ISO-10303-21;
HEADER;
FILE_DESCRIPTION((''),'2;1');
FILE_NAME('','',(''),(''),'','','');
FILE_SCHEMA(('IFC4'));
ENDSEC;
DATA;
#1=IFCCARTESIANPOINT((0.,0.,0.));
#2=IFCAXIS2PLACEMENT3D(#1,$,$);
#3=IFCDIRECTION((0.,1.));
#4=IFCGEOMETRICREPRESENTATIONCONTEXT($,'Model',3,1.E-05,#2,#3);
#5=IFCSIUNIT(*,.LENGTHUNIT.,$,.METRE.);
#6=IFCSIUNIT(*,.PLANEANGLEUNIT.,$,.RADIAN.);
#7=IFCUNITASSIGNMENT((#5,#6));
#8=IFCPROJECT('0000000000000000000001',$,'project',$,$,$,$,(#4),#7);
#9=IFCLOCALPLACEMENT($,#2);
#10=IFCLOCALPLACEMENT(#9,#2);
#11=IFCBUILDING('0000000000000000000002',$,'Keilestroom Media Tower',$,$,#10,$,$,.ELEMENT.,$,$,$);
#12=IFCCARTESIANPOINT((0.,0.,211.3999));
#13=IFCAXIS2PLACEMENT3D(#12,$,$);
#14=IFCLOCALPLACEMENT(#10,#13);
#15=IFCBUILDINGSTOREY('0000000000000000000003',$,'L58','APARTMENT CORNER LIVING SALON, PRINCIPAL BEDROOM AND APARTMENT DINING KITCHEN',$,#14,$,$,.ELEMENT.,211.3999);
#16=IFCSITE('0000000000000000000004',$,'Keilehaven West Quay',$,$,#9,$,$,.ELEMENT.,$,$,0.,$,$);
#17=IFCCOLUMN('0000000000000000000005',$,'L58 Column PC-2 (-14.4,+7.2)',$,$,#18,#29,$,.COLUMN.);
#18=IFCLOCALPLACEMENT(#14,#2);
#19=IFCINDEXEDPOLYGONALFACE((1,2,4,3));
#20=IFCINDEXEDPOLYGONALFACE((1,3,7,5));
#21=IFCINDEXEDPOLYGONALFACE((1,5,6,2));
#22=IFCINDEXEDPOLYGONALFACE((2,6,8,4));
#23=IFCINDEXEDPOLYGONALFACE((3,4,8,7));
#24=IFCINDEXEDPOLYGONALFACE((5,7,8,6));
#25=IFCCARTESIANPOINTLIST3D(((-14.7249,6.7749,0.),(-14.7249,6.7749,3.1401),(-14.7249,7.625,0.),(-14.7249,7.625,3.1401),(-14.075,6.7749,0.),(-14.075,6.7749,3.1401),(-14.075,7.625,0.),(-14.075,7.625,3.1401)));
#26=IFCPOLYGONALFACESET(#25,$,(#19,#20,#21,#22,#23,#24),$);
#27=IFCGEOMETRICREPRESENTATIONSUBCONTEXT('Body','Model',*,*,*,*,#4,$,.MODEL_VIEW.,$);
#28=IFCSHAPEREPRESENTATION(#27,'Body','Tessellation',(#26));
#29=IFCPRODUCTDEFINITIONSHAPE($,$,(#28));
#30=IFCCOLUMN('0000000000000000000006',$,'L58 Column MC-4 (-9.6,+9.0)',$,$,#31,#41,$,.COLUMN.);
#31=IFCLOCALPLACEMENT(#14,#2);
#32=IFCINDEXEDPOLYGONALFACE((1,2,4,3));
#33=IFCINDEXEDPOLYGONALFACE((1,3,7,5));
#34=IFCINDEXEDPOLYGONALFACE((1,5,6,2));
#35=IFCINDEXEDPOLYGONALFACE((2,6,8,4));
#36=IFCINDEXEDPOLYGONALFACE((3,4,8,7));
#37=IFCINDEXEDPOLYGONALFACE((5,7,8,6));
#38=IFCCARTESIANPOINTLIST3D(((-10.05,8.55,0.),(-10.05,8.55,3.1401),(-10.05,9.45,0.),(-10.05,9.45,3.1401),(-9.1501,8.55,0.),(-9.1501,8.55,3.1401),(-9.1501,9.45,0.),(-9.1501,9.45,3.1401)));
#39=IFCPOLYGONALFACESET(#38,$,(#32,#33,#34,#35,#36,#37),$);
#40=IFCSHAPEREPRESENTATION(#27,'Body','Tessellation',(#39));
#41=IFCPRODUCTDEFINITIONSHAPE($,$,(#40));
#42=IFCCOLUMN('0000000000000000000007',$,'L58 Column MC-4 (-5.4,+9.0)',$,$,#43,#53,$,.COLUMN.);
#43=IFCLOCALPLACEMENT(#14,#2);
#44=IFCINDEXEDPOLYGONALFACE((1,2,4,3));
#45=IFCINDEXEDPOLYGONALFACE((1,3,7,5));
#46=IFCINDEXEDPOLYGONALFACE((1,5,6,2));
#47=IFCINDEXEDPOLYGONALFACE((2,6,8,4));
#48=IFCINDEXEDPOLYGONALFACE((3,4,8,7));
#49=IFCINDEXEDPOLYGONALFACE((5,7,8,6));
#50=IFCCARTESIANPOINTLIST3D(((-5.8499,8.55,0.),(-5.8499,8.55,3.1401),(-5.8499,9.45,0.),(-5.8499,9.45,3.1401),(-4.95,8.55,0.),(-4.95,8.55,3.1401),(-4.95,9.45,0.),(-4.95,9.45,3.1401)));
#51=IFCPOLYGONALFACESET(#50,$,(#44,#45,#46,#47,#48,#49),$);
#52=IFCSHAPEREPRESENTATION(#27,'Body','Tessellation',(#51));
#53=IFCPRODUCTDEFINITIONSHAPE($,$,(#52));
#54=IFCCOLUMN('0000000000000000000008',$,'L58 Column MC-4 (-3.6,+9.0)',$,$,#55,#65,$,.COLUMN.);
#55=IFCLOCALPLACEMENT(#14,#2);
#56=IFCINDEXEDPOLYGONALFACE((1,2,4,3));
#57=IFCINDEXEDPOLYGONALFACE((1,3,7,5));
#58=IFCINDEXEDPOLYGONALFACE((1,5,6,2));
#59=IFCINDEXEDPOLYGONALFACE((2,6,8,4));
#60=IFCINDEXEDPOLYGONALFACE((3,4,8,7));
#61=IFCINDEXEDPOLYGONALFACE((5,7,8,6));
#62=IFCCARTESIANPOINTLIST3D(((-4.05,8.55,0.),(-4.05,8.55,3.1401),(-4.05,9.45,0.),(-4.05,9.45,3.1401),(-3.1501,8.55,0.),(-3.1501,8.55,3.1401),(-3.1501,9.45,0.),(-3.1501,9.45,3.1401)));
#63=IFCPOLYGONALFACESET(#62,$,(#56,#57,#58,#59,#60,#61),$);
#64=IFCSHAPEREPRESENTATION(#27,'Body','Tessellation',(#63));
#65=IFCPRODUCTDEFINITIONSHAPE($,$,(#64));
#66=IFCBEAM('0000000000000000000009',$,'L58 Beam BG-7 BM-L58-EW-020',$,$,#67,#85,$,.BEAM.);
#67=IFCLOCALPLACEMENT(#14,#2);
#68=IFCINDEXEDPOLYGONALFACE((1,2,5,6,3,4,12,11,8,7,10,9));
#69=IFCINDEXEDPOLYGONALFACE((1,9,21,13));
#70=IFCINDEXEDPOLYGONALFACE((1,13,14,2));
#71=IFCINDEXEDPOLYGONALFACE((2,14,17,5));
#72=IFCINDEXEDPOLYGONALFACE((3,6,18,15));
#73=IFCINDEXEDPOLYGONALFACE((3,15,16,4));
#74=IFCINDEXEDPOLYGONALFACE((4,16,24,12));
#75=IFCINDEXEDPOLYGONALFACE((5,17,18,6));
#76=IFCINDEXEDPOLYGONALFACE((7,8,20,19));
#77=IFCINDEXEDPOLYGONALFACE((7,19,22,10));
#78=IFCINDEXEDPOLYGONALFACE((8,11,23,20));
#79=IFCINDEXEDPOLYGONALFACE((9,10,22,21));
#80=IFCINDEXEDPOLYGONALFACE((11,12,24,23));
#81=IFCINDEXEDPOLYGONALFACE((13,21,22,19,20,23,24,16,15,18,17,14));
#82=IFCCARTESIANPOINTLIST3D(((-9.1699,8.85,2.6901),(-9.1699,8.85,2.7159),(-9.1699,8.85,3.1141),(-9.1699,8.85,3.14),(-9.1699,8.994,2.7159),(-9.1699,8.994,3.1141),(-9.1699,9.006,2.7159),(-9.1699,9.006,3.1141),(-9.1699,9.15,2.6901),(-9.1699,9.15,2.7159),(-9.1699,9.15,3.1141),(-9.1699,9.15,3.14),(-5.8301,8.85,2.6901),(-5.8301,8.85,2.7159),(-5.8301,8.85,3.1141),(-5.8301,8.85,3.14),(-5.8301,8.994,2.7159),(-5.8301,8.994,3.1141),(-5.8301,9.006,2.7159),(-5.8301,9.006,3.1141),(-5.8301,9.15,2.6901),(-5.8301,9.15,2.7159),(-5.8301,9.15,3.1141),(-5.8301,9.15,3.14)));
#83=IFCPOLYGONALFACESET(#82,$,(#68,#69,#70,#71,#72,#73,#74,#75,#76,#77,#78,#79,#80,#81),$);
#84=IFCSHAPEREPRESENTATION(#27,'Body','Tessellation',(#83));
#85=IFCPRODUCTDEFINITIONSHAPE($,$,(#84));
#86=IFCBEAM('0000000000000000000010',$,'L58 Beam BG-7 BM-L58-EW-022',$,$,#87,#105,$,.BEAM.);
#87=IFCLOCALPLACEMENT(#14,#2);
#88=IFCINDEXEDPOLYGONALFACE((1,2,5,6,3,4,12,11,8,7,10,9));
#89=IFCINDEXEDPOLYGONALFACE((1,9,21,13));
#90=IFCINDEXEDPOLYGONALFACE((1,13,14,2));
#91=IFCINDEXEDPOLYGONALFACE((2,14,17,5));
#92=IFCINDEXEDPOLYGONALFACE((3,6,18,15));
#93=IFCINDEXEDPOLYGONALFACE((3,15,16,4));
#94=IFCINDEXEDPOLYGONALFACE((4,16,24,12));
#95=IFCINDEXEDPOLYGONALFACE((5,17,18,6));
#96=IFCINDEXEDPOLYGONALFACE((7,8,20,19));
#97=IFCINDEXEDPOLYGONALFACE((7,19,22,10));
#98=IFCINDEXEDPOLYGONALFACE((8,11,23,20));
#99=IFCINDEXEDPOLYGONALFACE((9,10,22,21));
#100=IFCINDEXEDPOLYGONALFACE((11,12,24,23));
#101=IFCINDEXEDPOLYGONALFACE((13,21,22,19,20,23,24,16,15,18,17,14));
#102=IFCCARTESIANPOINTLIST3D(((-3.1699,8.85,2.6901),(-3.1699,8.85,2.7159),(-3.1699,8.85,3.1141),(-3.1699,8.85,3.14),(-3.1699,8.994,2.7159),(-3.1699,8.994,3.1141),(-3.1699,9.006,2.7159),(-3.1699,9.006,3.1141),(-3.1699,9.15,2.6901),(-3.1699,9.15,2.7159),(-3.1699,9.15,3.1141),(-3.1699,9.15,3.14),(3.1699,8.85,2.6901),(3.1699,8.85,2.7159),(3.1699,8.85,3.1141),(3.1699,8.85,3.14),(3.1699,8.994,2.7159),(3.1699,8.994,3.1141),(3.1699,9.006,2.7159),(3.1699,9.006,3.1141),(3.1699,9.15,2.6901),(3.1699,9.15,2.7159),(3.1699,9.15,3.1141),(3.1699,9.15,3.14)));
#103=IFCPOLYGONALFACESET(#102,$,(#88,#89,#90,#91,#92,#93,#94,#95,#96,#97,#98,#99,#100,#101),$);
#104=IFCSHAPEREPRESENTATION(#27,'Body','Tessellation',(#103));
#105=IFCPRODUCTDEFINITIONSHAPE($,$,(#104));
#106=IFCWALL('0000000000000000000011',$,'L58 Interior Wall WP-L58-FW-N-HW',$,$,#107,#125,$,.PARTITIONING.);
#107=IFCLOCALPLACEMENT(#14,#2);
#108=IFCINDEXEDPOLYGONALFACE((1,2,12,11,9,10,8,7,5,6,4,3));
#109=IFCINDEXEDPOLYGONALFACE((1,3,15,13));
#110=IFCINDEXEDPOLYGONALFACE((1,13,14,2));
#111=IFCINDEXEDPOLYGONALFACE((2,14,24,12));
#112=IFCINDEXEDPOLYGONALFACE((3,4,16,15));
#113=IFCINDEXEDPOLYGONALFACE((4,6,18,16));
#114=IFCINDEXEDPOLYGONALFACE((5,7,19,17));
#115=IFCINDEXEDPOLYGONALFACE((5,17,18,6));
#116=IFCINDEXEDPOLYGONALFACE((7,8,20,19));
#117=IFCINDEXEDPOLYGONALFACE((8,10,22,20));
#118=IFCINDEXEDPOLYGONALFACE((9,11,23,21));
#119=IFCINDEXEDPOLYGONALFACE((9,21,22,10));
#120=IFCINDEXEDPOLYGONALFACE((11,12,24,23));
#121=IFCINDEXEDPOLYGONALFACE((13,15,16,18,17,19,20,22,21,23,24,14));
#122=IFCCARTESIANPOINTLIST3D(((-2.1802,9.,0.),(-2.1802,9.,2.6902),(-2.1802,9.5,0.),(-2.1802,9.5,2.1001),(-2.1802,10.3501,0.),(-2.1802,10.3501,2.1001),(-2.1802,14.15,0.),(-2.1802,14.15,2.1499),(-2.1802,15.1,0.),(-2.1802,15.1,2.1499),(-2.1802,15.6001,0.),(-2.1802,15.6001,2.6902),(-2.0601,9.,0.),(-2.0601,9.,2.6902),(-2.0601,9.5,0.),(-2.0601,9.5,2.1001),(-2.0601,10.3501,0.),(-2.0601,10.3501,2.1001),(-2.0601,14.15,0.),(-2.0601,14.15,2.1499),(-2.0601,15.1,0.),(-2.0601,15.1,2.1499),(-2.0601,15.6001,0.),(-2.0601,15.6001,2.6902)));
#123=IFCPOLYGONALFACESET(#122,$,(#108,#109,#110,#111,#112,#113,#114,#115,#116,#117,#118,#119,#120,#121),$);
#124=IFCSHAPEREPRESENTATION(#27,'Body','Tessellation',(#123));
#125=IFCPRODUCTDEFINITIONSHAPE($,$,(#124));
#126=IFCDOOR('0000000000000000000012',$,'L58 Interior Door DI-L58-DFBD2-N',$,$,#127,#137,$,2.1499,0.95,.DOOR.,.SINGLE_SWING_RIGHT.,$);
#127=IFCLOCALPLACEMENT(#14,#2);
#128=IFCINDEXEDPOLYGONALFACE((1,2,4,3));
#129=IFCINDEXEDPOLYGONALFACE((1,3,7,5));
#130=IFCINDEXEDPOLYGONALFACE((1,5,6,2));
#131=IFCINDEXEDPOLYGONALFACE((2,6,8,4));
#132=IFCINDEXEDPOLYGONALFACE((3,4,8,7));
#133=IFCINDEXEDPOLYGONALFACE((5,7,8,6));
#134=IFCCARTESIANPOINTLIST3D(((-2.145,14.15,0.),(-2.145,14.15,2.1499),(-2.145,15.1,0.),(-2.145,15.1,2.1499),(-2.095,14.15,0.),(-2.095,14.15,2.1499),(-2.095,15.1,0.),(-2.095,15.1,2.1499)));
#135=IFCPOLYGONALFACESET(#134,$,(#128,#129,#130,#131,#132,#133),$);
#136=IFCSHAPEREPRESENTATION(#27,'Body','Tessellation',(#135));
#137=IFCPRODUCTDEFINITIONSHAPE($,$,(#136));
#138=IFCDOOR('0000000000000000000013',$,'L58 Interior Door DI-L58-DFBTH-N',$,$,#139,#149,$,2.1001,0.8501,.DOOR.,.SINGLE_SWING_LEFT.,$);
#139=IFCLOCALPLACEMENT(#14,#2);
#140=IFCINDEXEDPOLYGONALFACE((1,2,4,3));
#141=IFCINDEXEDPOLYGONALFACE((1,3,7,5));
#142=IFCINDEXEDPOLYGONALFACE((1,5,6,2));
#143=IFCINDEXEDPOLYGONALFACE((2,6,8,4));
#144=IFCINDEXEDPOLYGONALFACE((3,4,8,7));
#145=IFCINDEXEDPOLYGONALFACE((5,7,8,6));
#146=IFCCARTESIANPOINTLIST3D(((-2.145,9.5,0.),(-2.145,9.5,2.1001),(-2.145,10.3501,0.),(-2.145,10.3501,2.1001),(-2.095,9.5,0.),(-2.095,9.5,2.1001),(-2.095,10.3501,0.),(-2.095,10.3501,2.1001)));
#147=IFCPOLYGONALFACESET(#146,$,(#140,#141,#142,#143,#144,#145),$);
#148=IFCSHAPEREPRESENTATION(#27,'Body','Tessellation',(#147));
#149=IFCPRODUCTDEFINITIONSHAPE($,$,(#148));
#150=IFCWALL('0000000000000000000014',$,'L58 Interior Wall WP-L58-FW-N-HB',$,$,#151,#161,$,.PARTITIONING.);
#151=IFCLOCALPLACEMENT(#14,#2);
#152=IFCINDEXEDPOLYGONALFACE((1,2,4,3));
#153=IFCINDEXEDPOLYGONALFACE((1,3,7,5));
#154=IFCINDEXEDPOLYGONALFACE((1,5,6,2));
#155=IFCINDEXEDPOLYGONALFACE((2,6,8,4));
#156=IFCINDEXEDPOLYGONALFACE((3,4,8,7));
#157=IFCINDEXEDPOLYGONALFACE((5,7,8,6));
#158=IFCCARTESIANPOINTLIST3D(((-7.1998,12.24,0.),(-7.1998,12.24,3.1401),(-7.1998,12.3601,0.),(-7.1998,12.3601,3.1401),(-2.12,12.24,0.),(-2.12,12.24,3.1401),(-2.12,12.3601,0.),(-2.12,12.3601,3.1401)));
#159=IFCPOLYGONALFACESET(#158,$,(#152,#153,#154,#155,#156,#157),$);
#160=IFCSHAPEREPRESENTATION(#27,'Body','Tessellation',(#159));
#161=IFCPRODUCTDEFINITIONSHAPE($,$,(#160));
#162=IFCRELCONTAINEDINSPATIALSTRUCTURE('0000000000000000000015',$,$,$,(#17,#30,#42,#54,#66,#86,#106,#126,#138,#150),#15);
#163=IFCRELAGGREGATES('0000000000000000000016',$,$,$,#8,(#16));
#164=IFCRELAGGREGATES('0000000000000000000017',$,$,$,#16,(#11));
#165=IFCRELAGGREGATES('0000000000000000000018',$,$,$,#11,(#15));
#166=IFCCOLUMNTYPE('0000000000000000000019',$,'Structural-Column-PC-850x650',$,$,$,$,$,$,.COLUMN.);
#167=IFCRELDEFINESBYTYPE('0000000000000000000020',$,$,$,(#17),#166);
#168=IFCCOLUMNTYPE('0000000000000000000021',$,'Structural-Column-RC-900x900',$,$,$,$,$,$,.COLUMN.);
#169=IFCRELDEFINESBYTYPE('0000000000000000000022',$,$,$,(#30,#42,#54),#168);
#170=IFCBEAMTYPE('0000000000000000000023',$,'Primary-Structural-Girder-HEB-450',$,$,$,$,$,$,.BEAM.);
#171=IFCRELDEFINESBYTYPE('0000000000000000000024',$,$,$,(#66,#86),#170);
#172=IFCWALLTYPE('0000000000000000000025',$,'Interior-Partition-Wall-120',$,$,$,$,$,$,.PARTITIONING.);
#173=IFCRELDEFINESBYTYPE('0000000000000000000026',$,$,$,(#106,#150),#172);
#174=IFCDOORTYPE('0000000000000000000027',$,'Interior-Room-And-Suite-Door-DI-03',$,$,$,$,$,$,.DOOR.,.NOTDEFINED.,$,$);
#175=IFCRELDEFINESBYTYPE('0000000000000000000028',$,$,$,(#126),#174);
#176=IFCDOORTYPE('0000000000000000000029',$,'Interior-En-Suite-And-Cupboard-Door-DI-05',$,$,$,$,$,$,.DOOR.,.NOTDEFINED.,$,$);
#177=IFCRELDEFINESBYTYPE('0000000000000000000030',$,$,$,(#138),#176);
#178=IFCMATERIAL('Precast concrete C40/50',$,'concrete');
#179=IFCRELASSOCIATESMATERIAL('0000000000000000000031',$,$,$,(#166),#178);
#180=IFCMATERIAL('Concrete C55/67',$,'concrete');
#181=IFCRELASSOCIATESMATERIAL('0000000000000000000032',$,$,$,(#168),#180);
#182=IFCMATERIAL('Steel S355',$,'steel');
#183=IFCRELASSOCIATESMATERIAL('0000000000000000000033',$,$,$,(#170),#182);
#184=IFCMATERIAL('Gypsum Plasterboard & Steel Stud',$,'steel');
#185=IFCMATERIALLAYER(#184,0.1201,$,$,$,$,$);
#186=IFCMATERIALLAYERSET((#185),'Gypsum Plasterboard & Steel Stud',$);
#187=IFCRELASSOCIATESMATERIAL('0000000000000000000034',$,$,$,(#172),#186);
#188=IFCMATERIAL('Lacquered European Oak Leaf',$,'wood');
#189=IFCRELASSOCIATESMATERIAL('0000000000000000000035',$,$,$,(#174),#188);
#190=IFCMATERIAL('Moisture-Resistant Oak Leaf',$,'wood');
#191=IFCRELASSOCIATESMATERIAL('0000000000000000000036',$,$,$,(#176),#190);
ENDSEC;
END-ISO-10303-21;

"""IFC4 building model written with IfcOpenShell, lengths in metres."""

from ifc_helpers import new_model, si_unit, direction, frame, frame_2d, origin, origin_2d, place, context, subcontext, project, spatial, rectangle, i_section, extrude, source, transform, mapped, material, layer, layer_set, material_profile, profile_set, type_object, element, fill, save


model = new_model("IFC4")

# Units and contexts
model_context = context("Model", 3, precision=1e-05, world=origin(), true_north=direction((0.0, 1.0)))
body_context = subcontext(model_context, "Body", "Model", "MODEL_VIEW")
ifc_project = project(units=[si_unit("LENGTHUNIT", "METRE"), si_unit("PLANEANGLEUNIT", "RADIAN")], contexts=[model_context])

# Site, building, storey
site_placement = place(None, origin())
site = spatial("IfcSite", under=ifc_project, at=site_placement, Name="Keilehaven West Quay", CompositionType="ELEMENT", RefElevation=0.0)
building_placement = place(site_placement, origin())
building = spatial("IfcBuilding", under=site, at=building_placement, Name="Keilestroom Media Tower", CompositionType="ELEMENT")
storey_placement = place(building_placement, frame((0.0, 0.0, 211.3999)))
storey = spatial("IfcBuildingStorey", under=building, at=storey_placement, Name="L58", Description="APARTMENT CORNER LIVING SALON, PRINCIPAL BEDROOM AND APARTMENT DINING KITCHEN", CompositionType="ELEMENT", Elevation=211.3999)

# Columns
ifc_material_1 = material(Name="Precast concrete C40/50", Category="concrete")
ifc_material_profile_1 = material_profile(ifc_material_1, rectangle(XDim=0.6499, YDim=0.8501, at=origin_2d()), Name="PC 850x650")
ifc_profile_set_1 = profile_set([ifc_material_profile_1], Name="Precast concrete C40/50")
column_type_1 = type_object("IfcColumnType", Name="Structural-Column-PC-850x650", PredefinedType="COLUMN", material=ifc_profile_set_1)
shared_shape_1 = source(origin(), body_context, "Body", "SweptSolid", [
    extrude(rectangle(XDim=0.6499, YDim=0.8501, at=origin_2d()), origin(), (0.0, 0.0, 1.0), 3.1401),
])
column_placement = place(storey_placement, frame((-14.3999, 7.2, 0.0), z_axis=(0.0, 0.0, 1.0), x_axis=(1.0, 0.0, 0.0)))
element("IfcColumn", 1, at=column_placement, inside=storey, type_object=column_type_1, Name="L58 Column PC-2 (-14.4,+7.2)", PredefinedType="COLUMN", context=body_context, shape_type="MappedRepresentation", body=[
    mapped(shared_shape_1, transform((0.0, 0.0, 0.0), x_axis=(1.0, 0.0, 0.0), y_axis=(0.0, 1.0, 0.0), z_axis=(0.0, 0.0, 1.0), scale=1.0)),
])
ifc_material_2 = material(Name="Concrete C55/67", Category="concrete")
ifc_material_profile_2 = material_profile(ifc_material_2, rectangle(XDim=0.8999, YDim=0.8999, at=origin_2d()), Name="RC 900x900")
ifc_profile_set_2 = profile_set([ifc_material_profile_2], Name="Concrete C55/67")
column_type_2 = type_object("IfcColumnType", Name="Structural-Column-RC-900x900", PredefinedType="COLUMN", material=ifc_profile_set_2)
shared_shape_2 = source(origin(), body_context, "Body", "SweptSolid", [
    extrude(rectangle(XDim=0.8999, YDim=0.8999, at=origin_2d()), origin(), (0.0, 0.0, 1.0), 3.1401),
])
for number, where, z_axis, x_axis, name in (
    (2, (-9.6001, 9.0, 0.0), (0.0, 0.0, 1.0), (1.0, 0.0, 0.0), "L58 Column MC-4 (-9.6,+9.0)"),
    (3, (-5.3999, 9.0, 0.0), (0.0, 0.0, 1.0), (1.0, 0.0, 0.0), "L58 Column MC-4 (-5.4,+9.0)"),
    (4, (-3.6001, 9.0, 0.0), (0.0, 0.0, 1.0), (1.0, 0.0, 0.0), "L58 Column MC-4 (-3.6,+9.0)"),
):
    element("IfcColumn", number, at=place(storey_placement, frame(where, z_axis=z_axis, x_axis=x_axis)), inside=storey, type_object=column_type_2, Name=name, PredefinedType="COLUMN", context=body_context, shape_type="MappedRepresentation", body=[
        mapped(shared_shape_2, transform((0.0, 0.0, 0.0), x_axis=(1.0, 0.0, 0.0), y_axis=(0.0, 1.0, 0.0), z_axis=(0.0, 0.0, 1.0), scale=1.0)),
    ])

# Beams
ifc_material_3 = material(Name="Steel S355", Category="steel")
ifc_material_profile_3 = material_profile(ifc_material_3, i_section(OverallWidth=0.3, OverallDepth=0.45, WebThickness=0.012, FlangeThickness=0.0259, at=origin_2d()), Name="HEB 450")
ifc_profile_set_3 = profile_set([ifc_material_profile_3], Name="Steel S355")
beam_type = type_object("IfcBeamType", Name="Primary-Structural-Girder-HEB-450", PredefinedType="BEAM", material=ifc_profile_set_3)
shared_shape_3 = source(origin(), body_context, "Body", "SweptSolid", [
    extrude(i_section(OverallWidth=0.3, OverallDepth=0.45, WebThickness=0.012, FlangeThickness=0.0259, at=origin_2d()), origin(), (0.0, 0.0, 1.0), 3.3398),
])
beam_1_placement = place(storey_placement, frame((-9.1699, 9.0, 2.915), z_axis=(1.0, 0.0, 0.0), x_axis=(0.0, 1.0, 0.0)))
element("IfcBeam", 5, at=beam_1_placement, inside=storey, type_object=beam_type, Name="L58 Beam BG-7 BM-L58-EW-020", PredefinedType="BEAM", context=body_context, shape_type="MappedRepresentation", body=[
    mapped(shared_shape_3, transform((0.0, 0.0, 0.0), x_axis=(1.0, 0.0, 0.0), y_axis=(0.0, 1.0, 0.0), z_axis=(0.0, 0.0, 1.0), scale=1.0)),
])
shared_shape_4 = source(origin(), body_context, "Body", "SweptSolid", [
    extrude(i_section(OverallWidth=0.3, OverallDepth=0.45, WebThickness=0.012, FlangeThickness=0.0259, at=origin_2d()), origin(), (0.0, 0.0, 1.0), 6.3398),
])
beam_2_placement = place(storey_placement, frame((-3.1699, 9.0, 2.915), z_axis=(1.0, 0.0, 0.0), x_axis=(0.0, 1.0, 0.0)))
element("IfcBeam", 6, at=beam_2_placement, inside=storey, type_object=beam_type, Name="L58 Beam BG-7 BM-L58-EW-022", PredefinedType="BEAM", context=body_context, shape_type="MappedRepresentation", body=[
    mapped(shared_shape_4, transform((0.0, 0.0, 0.0), x_axis=(1.0, 0.0, 0.0), y_axis=(0.0, 1.0, 0.0), z_axis=(0.0, 0.0, 1.0), scale=1.0)),
])

# Wall, openings, doors
ifc_material_4 = material(Name="Gypsum Plasterboard & Steel Stud", Category="steel")
ifc_layer_1 = layer(ifc_material_4, 0.1201)
ifc_layer_set_1 = layer_set([ifc_layer_1], Name="Gypsum Plasterboard & Steel Stud")
wall_type_1 = type_object("IfcWallType", Name="Interior-Partition-Wall-120", PredefinedType="PARTITIONING", material=ifc_layer_set_1)
wall_1_placement = place(storey_placement, frame((-2.1201, 9.0, 0.0), z_axis=(0.0, 0.0, 1.0), x_axis=(0.0, 1.0, 0.0)))
wall_1 = element("IfcWall", 7, at=wall_1_placement, inside=storey, type_object=wall_type_1, Name="L58 Interior Wall WP-L58-FW-N-HW", PredefinedType="PARTITIONING", context=body_context, shape_type="SweptSolid", body=[
    extrude(rectangle(XDim=6.6001, YDim=0.1201, at=frame_2d((3.3, 0.0))), origin(), (0.0, 0.0, 1.0), 2.6902),
])
opening_1_placement = place(wall_1_placement, frame((0.5, 0.0, 0.0)))
opening_1 = element("IfcOpeningElement", 8, at=opening_1_placement, cuts=wall_1, PredefinedType="OPENING", context=body_context, shape_type="SweptSolid", body=[
    extrude(rectangle(XDim=0.8501, YDim=2.1001, at=frame_2d((0.425, 1.05))), frame((0.0, 0.0701, 0.0), z_axis=(0.0, -1.0, 0.0), x_axis=(1.0, 0.0, 0.0)), (0.0, 0.0, 1.0), 0.1401),
])
opening_2_placement = place(wall_1_placement, frame((5.1499, 0.0, 0.0)))
opening_2 = element("IfcOpeningElement", 9, at=opening_2_placement, cuts=wall_1, PredefinedType="OPENING", context=body_context, shape_type="SweptSolid", body=[
    extrude(rectangle(XDim=0.95, YDim=2.1499, at=frame_2d((0.4751, 1.075))), frame((0.0, 0.0701, 0.0), z_axis=(0.0, -1.0, 0.0), x_axis=(1.0, 0.0, 0.0)), (0.0, 0.0, 1.0), 0.1401),
])
ifc_material_5 = material(Name="Lacquered European Oak Leaf", Category="wood")
door_type_1 = type_object("IfcDoorType", Name="Interior-Room-And-Suite-Door-DI-03", OperationType="NOTDEFINED", PredefinedType="DOOR", material=ifc_material_5)
shared_shape_5 = source(origin(), body_context, "Body", "SweptSolid", [
    extrude(rectangle(XDim=0.95, YDim=2.1499, at=frame_2d((0.4751, 1.075))), frame((0.0, 0.0249, 0.0), z_axis=(0.0, -1.0, 0.0), x_axis=(1.0, 0.0, 0.0)), (0.0, 0.0, 1.0), 0.05),
])
door_1_placement = place(opening_2_placement, origin())
door_1 = element("IfcDoor", 10, at=door_1_placement, inside=storey, type_object=door_type_1, Name="L58 Interior Door DI-L58-DFBD2-N", OperationType="SINGLE_SWING_RIGHT", OverallHeight=2.1499, OverallWidth=0.95, PredefinedType="DOOR", context=body_context, shape_type="MappedRepresentation", body=[
    mapped(shared_shape_5, transform((0.0, 0.0, 0.0), x_axis=(1.0, 0.0, 0.0), y_axis=(0.0, 1.0, 0.0), z_axis=(0.0, 0.0, 1.0), scale=1.0)),
])
fill(opening_2, door_1)
ifc_material_6 = material(Name="Moisture-Resistant Oak Leaf", Category="wood")
door_type_2 = type_object("IfcDoorType", Name="Interior-En-Suite-And-Cupboard-Door-DI-05", OperationType="NOTDEFINED", PredefinedType="DOOR", material=ifc_material_6)
shared_shape_6 = source(origin(), body_context, "Body", "SweptSolid", [
    extrude(rectangle(XDim=0.8501, YDim=2.1001, at=frame_2d((0.425, 1.05))), frame((0.0, 0.0249, 0.0), z_axis=(0.0, -1.0, 0.0), x_axis=(1.0, 0.0, 0.0)), (0.0, 0.0, 1.0), 0.05),
])
door_2_placement = place(opening_1_placement, origin())
door_2 = element("IfcDoor", 11, at=door_2_placement, inside=storey, type_object=door_type_2, Name="L58 Interior Door DI-L58-DFBTH-N", OperationType="SINGLE_SWING_LEFT", OverallHeight=2.1001, OverallWidth=0.8501, PredefinedType="DOOR", context=body_context, shape_type="MappedRepresentation", body=[
    mapped(shared_shape_6, transform((0.0, 0.0, 0.0), x_axis=(1.0, 0.0, 0.0), y_axis=(0.0, 1.0, 0.0), z_axis=(0.0, 0.0, 1.0), scale=1.0)),
])
fill(opening_1, door_2)

# Wall
wall_2_placement = place(storey_placement, frame((-7.2, 12.3, 0.0), z_axis=(0.0, 0.0, 1.0), x_axis=(1.0, 0.0, 0.0)))
element("IfcWall", 12, at=wall_2_placement, inside=storey, type_object=wall_type_1, Name="L58 Interior Wall WP-L58-FW-N-HB", PredefinedType="PARTITIONING", context=body_context, shape_type="SweptSolid", body=[
    extrude(rectangle(XDim=5.0798, YDim=0.1201, at=frame_2d((2.54, 0.0))), origin(), (0.0, 0.0, 1.0), 3.1401),
])

save(model, "model.ifc")
